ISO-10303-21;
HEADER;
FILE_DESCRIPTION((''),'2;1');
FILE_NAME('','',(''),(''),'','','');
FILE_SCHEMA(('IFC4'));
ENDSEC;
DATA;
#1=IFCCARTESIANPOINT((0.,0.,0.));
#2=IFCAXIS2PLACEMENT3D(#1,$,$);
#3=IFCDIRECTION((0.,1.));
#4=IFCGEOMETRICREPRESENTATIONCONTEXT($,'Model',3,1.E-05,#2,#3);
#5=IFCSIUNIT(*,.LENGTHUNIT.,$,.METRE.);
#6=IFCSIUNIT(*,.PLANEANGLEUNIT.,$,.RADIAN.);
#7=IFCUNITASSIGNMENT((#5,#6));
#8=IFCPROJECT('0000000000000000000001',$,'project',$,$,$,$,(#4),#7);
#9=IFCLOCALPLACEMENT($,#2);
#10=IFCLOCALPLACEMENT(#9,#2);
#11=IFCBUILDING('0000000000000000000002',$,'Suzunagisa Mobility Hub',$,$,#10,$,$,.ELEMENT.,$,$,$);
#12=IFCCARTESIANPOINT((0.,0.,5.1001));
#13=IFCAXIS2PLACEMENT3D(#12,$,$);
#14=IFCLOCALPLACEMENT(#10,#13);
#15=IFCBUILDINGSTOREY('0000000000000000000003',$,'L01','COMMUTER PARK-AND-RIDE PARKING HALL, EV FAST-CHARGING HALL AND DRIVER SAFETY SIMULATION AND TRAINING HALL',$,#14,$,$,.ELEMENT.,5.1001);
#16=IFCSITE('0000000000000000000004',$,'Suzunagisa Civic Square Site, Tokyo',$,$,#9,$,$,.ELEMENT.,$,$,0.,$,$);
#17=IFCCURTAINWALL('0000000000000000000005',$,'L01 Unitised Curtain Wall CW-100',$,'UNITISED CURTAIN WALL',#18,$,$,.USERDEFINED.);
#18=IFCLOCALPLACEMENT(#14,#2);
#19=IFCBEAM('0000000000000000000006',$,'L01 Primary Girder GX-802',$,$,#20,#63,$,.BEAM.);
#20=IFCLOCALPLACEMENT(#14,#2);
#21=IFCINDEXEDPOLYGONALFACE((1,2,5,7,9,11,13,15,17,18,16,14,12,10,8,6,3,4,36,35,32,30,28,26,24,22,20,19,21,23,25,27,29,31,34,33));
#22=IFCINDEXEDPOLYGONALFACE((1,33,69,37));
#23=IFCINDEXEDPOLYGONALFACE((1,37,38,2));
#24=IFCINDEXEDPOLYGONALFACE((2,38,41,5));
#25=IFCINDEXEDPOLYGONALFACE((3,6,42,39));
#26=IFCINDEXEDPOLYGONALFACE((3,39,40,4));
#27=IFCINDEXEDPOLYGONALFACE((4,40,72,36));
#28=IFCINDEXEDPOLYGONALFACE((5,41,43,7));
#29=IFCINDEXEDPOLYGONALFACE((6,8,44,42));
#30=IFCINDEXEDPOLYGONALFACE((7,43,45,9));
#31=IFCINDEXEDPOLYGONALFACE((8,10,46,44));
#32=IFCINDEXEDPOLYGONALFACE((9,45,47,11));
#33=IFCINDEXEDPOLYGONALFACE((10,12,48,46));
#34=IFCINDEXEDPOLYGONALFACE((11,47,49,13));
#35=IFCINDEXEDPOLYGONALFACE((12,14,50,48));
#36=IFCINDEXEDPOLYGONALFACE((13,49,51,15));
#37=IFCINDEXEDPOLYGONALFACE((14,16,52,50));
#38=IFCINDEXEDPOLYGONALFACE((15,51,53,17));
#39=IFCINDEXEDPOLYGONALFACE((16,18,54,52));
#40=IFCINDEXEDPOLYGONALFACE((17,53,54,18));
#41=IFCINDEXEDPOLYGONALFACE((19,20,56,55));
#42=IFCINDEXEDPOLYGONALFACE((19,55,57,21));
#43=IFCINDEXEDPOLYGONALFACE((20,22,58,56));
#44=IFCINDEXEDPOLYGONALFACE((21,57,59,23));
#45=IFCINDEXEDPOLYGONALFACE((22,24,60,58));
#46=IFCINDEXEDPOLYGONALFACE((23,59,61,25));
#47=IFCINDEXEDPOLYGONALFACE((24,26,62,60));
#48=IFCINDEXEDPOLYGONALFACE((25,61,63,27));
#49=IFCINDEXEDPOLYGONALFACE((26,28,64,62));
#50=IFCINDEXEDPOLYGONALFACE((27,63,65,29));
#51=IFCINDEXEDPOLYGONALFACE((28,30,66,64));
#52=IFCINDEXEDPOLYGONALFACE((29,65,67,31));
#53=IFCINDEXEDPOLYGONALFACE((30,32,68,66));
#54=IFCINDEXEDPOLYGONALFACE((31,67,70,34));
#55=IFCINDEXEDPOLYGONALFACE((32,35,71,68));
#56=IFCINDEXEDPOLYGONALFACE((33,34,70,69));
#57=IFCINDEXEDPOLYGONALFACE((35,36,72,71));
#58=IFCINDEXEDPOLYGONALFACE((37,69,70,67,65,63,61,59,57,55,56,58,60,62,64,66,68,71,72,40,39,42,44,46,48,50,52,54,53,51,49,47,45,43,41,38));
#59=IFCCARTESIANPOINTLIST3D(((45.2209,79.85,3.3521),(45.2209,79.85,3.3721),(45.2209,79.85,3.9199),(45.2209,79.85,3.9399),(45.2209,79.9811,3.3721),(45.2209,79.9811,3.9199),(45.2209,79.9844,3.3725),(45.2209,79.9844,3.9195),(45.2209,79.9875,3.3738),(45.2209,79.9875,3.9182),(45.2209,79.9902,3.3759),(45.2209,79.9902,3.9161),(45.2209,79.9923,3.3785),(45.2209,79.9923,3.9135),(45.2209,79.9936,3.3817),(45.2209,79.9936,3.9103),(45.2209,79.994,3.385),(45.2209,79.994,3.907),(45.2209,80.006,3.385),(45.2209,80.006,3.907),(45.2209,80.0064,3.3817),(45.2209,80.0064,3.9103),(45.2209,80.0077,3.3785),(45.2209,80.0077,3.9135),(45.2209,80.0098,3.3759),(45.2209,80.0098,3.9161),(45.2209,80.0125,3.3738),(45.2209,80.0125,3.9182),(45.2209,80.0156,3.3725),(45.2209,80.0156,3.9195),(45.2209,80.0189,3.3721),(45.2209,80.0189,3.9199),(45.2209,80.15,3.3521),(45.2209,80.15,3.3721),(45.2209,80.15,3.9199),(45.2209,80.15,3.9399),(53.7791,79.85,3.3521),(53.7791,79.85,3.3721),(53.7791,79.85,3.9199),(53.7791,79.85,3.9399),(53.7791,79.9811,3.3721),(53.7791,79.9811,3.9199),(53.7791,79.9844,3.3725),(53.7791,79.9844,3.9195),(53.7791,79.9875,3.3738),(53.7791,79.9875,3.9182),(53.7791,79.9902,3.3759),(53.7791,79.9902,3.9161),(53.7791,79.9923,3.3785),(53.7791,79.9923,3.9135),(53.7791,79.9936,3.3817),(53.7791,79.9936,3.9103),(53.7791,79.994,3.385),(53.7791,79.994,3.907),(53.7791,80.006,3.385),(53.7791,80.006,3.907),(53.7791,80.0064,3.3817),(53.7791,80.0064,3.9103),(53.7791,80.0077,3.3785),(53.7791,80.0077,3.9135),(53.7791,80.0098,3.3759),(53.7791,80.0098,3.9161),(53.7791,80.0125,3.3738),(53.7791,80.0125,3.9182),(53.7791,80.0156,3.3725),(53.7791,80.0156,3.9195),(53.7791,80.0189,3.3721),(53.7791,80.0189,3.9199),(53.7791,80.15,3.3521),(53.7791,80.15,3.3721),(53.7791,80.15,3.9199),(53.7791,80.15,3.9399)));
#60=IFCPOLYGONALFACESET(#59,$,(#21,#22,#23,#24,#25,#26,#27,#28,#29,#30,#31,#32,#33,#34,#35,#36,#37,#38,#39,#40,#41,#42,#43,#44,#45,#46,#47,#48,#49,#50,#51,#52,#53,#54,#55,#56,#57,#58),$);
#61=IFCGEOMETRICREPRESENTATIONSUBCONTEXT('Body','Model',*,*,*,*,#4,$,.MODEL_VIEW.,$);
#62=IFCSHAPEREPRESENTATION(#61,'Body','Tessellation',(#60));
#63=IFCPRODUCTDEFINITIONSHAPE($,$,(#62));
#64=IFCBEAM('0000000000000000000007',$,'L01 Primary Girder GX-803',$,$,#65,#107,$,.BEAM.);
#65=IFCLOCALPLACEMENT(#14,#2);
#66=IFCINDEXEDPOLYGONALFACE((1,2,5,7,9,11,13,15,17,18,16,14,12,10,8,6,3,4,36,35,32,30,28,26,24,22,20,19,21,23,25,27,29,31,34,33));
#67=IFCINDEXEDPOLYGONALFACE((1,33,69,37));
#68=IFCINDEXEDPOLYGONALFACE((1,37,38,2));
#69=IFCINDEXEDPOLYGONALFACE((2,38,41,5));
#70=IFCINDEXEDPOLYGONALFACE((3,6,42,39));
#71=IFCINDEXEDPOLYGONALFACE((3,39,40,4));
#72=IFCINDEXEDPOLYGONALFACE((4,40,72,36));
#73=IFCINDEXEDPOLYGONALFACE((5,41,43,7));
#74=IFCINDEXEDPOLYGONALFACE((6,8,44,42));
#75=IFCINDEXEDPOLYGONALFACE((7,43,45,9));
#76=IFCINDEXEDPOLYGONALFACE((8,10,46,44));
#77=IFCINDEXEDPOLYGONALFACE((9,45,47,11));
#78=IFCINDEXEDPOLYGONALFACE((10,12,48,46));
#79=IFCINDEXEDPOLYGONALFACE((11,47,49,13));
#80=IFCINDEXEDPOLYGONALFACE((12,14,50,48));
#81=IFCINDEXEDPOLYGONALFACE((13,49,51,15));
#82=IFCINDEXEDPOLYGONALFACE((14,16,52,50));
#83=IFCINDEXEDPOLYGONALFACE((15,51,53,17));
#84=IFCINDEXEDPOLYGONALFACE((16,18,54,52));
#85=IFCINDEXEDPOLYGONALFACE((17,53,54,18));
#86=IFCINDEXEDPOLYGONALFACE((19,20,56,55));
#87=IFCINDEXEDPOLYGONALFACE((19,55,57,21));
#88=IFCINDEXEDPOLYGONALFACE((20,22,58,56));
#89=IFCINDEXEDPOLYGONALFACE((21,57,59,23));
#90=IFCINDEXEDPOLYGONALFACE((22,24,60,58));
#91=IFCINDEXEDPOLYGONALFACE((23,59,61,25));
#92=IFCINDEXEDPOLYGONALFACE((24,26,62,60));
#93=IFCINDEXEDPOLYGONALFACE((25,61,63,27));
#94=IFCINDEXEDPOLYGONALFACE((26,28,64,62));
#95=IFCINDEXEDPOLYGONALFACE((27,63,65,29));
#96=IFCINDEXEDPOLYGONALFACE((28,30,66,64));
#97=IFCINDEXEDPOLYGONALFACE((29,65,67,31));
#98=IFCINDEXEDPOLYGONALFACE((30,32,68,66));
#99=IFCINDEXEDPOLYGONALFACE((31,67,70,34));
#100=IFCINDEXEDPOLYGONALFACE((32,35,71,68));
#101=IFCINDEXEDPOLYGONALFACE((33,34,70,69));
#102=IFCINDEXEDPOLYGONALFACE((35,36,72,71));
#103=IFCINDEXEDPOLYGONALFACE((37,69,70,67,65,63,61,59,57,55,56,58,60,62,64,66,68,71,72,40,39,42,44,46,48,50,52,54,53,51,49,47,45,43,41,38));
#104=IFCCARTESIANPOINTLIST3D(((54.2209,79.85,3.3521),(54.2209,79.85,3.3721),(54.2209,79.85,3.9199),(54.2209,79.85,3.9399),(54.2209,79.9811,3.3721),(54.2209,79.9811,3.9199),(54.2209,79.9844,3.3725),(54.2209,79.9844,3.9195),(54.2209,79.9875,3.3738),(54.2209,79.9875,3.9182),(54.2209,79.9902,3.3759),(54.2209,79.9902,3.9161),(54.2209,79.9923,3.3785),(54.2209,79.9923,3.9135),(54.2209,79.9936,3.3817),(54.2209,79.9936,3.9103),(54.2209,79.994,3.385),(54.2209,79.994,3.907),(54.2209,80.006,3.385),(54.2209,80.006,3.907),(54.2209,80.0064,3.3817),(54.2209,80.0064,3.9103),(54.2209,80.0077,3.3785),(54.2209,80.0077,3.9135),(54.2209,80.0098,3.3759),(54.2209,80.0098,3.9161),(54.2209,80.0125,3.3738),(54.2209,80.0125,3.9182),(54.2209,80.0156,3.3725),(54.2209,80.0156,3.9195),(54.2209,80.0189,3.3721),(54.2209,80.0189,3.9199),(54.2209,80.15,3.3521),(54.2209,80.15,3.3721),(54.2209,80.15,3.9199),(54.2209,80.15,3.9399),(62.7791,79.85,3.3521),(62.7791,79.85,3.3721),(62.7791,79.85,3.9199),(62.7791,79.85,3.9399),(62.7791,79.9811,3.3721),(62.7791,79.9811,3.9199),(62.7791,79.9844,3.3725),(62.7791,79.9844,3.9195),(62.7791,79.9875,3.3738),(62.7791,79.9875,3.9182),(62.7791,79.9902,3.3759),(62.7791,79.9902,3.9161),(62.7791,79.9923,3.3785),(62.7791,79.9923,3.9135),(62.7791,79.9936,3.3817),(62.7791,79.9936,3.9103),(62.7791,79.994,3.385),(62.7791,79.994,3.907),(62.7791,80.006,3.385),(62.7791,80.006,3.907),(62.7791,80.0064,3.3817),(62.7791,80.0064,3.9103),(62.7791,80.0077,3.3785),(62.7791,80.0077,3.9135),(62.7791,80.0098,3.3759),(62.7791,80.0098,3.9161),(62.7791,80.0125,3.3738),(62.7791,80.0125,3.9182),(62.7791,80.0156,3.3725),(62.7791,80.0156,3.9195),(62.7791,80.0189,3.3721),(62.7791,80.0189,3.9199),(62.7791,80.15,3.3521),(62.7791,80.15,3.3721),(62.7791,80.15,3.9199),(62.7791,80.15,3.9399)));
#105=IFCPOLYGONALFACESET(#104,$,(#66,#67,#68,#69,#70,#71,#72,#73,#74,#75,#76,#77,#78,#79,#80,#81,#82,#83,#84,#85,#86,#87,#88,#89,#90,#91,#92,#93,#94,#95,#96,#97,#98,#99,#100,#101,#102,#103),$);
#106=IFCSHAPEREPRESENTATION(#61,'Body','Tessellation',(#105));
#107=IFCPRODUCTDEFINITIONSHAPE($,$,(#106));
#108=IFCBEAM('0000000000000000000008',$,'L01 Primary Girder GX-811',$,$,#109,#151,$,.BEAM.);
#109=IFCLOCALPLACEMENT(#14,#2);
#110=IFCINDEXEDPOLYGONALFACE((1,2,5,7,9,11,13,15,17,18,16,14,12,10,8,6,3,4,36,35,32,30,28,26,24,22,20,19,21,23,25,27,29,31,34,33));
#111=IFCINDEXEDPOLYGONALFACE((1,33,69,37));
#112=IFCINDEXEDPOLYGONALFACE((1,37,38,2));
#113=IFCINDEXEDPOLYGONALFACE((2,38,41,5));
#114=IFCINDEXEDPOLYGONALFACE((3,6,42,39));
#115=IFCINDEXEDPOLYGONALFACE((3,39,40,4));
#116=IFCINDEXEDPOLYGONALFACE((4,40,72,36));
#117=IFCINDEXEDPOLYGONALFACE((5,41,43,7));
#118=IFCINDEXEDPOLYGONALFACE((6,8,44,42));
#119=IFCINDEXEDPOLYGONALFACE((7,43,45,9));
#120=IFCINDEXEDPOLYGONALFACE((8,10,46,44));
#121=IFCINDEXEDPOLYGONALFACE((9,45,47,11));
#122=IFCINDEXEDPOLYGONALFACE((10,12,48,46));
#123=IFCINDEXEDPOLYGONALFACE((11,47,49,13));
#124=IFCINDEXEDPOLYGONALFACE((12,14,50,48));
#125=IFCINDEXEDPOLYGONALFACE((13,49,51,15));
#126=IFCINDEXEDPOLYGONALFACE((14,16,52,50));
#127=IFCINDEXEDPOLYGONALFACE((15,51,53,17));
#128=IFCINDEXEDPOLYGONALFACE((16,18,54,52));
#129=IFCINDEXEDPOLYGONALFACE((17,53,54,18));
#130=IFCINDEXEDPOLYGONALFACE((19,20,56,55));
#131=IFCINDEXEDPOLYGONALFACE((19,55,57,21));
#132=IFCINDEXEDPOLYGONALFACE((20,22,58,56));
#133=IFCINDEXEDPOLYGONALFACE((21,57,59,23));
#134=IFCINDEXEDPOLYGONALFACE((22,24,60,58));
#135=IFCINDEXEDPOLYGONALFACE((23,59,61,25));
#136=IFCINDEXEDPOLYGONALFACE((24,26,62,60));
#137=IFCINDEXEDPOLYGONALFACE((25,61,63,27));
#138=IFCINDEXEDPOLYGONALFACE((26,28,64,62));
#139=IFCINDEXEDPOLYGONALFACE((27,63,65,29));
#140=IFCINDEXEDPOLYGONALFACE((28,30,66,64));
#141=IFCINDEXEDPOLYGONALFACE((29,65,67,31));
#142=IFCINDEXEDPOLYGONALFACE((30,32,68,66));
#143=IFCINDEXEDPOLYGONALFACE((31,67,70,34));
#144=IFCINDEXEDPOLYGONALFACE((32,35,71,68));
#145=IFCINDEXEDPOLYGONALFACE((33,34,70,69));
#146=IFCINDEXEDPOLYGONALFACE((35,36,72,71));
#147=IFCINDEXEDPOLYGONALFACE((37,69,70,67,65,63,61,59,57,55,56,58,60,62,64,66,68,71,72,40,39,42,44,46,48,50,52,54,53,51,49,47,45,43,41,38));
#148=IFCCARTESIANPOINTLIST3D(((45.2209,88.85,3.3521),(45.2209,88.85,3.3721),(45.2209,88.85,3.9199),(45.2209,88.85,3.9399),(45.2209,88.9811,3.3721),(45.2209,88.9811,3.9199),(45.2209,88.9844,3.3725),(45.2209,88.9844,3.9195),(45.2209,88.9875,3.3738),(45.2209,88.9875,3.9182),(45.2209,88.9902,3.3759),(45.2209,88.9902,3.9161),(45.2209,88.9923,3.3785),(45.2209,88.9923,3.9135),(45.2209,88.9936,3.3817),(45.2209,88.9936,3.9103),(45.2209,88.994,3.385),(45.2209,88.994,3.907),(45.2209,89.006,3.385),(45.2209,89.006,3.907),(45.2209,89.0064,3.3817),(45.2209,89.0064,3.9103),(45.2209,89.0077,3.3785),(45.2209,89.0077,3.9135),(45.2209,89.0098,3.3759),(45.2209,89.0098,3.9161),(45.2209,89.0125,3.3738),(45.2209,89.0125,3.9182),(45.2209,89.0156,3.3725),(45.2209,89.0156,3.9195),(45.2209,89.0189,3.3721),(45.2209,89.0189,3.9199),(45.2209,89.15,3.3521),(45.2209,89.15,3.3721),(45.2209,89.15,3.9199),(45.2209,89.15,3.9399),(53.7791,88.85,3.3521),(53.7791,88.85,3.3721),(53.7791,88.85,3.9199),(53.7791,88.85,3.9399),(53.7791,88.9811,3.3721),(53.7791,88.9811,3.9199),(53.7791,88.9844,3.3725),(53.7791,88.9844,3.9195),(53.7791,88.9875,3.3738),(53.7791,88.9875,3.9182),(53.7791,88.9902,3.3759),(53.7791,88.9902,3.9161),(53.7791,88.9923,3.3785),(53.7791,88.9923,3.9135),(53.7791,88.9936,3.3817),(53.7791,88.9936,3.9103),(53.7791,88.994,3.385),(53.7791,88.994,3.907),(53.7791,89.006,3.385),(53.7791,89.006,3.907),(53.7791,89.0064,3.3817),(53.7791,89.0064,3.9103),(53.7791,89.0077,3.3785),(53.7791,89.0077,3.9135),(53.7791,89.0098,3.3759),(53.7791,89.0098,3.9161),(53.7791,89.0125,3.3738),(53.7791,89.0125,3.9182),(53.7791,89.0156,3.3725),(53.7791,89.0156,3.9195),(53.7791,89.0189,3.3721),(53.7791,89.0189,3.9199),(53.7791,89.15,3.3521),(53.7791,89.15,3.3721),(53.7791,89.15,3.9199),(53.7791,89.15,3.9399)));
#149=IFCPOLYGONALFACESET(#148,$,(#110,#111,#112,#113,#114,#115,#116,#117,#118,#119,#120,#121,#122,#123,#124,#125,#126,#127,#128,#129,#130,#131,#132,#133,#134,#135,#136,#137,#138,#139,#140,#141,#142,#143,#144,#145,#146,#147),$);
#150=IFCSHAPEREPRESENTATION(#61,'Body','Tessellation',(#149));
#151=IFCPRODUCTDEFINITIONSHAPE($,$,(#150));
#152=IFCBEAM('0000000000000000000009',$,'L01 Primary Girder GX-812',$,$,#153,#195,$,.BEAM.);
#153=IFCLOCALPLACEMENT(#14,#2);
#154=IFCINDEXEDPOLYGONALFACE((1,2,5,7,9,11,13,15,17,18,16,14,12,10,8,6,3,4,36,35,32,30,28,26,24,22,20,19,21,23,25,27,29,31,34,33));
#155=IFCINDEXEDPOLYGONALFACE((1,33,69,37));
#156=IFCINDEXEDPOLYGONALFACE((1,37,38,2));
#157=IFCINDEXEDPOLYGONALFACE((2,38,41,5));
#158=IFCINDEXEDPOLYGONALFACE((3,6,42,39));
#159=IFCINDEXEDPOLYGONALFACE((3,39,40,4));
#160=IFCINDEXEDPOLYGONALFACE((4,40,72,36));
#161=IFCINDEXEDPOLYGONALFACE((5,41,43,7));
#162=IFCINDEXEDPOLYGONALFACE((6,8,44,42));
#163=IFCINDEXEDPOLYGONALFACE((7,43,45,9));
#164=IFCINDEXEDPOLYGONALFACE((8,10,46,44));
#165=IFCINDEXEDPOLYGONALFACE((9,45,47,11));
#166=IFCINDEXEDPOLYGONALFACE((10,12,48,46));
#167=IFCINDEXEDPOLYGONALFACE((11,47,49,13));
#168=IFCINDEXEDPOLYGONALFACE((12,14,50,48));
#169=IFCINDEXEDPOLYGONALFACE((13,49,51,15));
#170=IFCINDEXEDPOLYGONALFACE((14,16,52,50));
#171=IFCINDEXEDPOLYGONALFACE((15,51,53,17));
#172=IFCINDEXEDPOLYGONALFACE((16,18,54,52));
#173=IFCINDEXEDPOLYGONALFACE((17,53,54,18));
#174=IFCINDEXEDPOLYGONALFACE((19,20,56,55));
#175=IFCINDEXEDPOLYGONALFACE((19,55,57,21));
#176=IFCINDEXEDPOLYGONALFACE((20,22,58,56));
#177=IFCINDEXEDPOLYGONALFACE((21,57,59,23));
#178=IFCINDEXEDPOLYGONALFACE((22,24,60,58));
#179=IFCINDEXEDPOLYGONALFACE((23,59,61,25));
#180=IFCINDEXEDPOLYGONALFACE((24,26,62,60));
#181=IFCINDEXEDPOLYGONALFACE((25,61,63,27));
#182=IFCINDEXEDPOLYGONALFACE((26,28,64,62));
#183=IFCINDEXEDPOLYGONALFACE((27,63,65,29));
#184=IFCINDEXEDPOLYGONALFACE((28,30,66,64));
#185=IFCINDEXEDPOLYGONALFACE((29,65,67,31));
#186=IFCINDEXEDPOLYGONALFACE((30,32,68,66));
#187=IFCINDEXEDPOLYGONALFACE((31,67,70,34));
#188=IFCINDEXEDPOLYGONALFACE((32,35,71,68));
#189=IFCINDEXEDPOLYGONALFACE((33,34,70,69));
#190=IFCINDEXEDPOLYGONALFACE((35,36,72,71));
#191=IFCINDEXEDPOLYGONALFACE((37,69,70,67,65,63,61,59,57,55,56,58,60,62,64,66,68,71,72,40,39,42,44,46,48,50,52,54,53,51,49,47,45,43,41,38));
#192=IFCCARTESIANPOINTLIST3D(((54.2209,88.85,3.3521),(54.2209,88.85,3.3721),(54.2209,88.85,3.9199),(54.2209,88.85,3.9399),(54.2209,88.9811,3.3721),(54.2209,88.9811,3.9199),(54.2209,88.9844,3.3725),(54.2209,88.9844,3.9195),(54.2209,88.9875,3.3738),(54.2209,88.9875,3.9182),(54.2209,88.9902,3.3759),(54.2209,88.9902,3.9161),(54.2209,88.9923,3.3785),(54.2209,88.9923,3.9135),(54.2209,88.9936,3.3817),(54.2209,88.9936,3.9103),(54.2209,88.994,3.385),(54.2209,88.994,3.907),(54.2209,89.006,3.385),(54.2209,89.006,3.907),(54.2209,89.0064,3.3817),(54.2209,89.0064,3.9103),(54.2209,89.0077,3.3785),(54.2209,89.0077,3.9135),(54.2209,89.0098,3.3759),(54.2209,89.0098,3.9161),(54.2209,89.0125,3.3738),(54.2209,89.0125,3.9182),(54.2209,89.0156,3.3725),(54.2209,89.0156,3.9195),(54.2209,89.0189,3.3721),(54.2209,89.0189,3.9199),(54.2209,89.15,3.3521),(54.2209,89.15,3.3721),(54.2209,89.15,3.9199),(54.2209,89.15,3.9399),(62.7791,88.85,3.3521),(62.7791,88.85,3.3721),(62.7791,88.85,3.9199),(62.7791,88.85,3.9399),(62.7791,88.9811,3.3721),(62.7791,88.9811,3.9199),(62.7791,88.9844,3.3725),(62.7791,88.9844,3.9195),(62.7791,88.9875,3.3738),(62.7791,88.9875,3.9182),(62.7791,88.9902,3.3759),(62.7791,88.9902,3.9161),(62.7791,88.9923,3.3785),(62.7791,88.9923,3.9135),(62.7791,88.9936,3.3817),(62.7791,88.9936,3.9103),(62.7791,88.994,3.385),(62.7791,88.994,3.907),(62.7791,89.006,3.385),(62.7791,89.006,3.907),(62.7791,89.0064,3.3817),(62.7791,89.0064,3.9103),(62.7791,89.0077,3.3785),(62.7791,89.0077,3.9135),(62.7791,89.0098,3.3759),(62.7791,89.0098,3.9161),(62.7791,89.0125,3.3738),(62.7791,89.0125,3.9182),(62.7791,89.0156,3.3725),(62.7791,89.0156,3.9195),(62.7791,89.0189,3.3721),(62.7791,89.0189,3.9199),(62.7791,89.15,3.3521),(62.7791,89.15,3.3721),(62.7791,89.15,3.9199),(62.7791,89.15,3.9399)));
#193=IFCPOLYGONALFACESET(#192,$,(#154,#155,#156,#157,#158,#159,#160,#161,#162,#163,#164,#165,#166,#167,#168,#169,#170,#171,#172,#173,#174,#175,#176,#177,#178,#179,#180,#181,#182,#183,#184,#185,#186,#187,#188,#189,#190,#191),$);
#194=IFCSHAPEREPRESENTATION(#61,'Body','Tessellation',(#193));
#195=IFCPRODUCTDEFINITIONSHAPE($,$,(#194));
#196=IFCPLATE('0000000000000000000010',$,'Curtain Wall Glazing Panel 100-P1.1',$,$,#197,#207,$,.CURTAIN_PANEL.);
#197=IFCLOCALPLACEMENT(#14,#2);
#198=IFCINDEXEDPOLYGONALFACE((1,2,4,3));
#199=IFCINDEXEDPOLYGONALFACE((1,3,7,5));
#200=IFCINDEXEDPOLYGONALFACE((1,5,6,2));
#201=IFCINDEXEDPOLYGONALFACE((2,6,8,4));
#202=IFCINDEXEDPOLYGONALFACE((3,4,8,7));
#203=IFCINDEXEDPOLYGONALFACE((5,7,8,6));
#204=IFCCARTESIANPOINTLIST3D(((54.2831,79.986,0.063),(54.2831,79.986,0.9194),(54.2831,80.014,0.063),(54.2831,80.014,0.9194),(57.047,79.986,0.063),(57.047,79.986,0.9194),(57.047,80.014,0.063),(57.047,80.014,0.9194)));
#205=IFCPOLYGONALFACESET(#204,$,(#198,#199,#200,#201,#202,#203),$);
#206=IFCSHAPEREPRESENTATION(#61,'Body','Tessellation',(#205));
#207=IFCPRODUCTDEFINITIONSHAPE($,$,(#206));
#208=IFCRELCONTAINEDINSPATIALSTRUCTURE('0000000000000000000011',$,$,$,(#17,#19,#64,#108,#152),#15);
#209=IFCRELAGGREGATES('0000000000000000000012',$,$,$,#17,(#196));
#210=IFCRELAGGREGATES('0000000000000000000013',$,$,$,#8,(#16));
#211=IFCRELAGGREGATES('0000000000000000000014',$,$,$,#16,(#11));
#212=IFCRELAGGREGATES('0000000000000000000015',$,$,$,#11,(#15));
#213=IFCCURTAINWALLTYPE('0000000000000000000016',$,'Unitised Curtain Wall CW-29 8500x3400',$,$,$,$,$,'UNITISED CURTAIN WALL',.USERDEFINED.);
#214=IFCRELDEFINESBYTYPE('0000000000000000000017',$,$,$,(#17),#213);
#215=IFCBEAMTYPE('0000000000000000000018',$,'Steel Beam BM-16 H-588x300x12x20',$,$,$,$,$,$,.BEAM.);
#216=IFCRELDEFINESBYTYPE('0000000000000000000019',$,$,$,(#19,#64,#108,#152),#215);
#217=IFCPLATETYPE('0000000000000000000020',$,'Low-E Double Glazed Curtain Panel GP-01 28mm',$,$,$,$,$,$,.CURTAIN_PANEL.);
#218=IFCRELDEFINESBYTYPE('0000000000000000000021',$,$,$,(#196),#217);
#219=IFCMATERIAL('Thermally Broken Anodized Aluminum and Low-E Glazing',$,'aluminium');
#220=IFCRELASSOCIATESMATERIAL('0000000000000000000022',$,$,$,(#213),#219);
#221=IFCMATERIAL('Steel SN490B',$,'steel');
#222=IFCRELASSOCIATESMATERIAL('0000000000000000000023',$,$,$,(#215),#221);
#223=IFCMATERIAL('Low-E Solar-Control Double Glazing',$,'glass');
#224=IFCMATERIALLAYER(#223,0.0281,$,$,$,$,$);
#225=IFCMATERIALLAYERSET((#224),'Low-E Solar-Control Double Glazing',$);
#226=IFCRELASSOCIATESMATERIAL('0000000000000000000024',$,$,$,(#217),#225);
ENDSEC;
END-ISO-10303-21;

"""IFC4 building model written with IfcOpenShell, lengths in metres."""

from ifc_helpers import new_model, si_unit, direction, frame, origin, origin_2d, place, context, subcontext, project, spatial, rectangle, i_section, extrude, material, layer, layer_set, material_profile, profile_set, type_object, element, aggregate, save


model = new_model("IFC4")

# Units and contexts
model_context = context("Model", 3, precision=1e-05, world=origin(), true_north=direction((0.0, 1.0)))
body_context = subcontext(model_context, "Body", "Model", "MODEL_VIEW")
ifc_project = project(units=[si_unit("LENGTHUNIT", "METRE"), si_unit("PLANEANGLEUNIT", "RADIAN")], contexts=[model_context])

# Site, building, storey
site_placement = place(None, origin())
site = spatial("IfcSite", under=ifc_project, at=site_placement, Name="Suzunagisa Civic Square Site, Tokyo", CompositionType="ELEMENT", RefElevation=0.0)
building_placement = place(site_placement, origin())
building = spatial("IfcBuilding", under=site, at=building_placement, Name="Suzunagisa Mobility Hub", CompositionType="ELEMENT")
storey_placement = place(building_placement, frame((0.0, 0.0, 5.1001)))
storey = spatial("IfcBuildingStorey", under=building, at=storey_placement, Name="L01", Description="COMMUTER PARK-AND-RIDE PARKING HALL, EV FAST-CHARGING HALL AND DRIVER SAFETY SIMULATION AND TRAINING HALL", CompositionType="ELEMENT", Elevation=5.1001)

# Shared definitions
ifc_material_1 = material(Name="Steel SN490B", Category="steel")

# Curtain wall
ifc_material_2 = material(Name="Thermally Broken Anodized Aluminum and Low-E Glazing", Category="aluminium")
curtain_wall_type = type_object("IfcCurtainWallType", Name="Unitised Curtain Wall CW-29 8500x3400", ElementType="UNITISED CURTAIN WALL", PredefinedType="USERDEFINED", material=ifc_material_2)
curtain_wall_placement = place(storey_placement, origin())
curtain_wall = element("IfcCurtainWall", 1, at=curtain_wall_placement, inside=storey, type_object=curtain_wall_type, Name="L01 Unitised Curtain Wall CW-100", ObjectType="UNITISED CURTAIN WALL", PredefinedType="USERDEFINED")

# Beams
ifc_material_profile_1 = material_profile(ifc_material_1, i_section(OverallWidth=0.3, OverallDepth=0.5879, WebThickness=0.012, FlangeThickness=0.02, FilletRadius=0.0129, at=origin_2d()), Name="H-588x300x12x20")
ifc_profile_set_1 = profile_set([ifc_material_profile_1], Name="Steel SN490B")
beam_type_1 = type_object("IfcBeamType", Name="Steel Beam BM-16 H-588x300x12x20", PredefinedType="BEAM", material=ifc_profile_set_1)
for number, where, z_axis, x_axis, name in (
    (2, (45.2209, 80.0, 3.646), (1.0, 0.0, 0.0), (0.0, 1.0, 0.0), "L01 Primary Girder GX-802"),
    (3, (54.2209, 80.0, 3.646), (1.0, 0.0, 0.0), (0.0, 1.0, 0.0), "L01 Primary Girder GX-803"),
    (4, (45.2209, 89.0, 3.646), (1.0, 0.0, 0.0), (0.0, 1.0, 0.0), "L01 Primary Girder GX-811"),
    (5, (54.2209, 89.0, 3.646), (1.0, 0.0, 0.0), (0.0, 1.0, 0.0), "L01 Primary Girder GX-812"),
):
    element("IfcBeam", number, at=place(storey_placement, frame(where, z_axis=z_axis, x_axis=x_axis)), inside=storey, type_object=beam_type_1, Name=name, PredefinedType="BEAM", context=body_context, shape_type="SweptSolid", body=[
        extrude(i_section(OverallWidth=0.3, OverallDepth=0.5879, WebThickness=0.012, FlangeThickness=0.02, FilletRadius=0.0129, at=origin_2d()), origin(), (0.0, 0.0, 1.0), 8.5581),
    ])

# Plate
ifc_material_3 = material(Name="Low-E Solar-Control Double Glazing", Category="glass")
ifc_layer_1 = layer(ifc_material_3, 0.0281)
ifc_layer_set_1 = layer_set([ifc_layer_1], Name="Low-E Solar-Control Double Glazing")
plate_type_1 = type_object("IfcPlateType", Name="Low-E Double Glazed Curtain Panel GP-01 28mm", PredefinedType="CURTAIN_PANEL", material=ifc_layer_set_1)
plate_1_placement = place(storey_placement, frame((55.665, 80.0, 0.063), z_axis=(0.0, 0.0, 1.0), x_axis=(1.0, 0.0, 0.0)))
plate_1 = element("IfcPlate", 6, at=plate_1_placement, type_object=plate_type_1, Name="Curtain Wall Glazing Panel 100-P1.1", PredefinedType="CURTAIN_PANEL", context=body_context, shape_type="SweptSolid", body=[
    extrude(rectangle(XDim=2.7639, YDim=0.0281, at=origin_2d()), origin(), (0.0, 0.0, 1.0), 0.8564),
])
aggregate(curtain_wall, [plate_1])

save(model, "model.ifc")
